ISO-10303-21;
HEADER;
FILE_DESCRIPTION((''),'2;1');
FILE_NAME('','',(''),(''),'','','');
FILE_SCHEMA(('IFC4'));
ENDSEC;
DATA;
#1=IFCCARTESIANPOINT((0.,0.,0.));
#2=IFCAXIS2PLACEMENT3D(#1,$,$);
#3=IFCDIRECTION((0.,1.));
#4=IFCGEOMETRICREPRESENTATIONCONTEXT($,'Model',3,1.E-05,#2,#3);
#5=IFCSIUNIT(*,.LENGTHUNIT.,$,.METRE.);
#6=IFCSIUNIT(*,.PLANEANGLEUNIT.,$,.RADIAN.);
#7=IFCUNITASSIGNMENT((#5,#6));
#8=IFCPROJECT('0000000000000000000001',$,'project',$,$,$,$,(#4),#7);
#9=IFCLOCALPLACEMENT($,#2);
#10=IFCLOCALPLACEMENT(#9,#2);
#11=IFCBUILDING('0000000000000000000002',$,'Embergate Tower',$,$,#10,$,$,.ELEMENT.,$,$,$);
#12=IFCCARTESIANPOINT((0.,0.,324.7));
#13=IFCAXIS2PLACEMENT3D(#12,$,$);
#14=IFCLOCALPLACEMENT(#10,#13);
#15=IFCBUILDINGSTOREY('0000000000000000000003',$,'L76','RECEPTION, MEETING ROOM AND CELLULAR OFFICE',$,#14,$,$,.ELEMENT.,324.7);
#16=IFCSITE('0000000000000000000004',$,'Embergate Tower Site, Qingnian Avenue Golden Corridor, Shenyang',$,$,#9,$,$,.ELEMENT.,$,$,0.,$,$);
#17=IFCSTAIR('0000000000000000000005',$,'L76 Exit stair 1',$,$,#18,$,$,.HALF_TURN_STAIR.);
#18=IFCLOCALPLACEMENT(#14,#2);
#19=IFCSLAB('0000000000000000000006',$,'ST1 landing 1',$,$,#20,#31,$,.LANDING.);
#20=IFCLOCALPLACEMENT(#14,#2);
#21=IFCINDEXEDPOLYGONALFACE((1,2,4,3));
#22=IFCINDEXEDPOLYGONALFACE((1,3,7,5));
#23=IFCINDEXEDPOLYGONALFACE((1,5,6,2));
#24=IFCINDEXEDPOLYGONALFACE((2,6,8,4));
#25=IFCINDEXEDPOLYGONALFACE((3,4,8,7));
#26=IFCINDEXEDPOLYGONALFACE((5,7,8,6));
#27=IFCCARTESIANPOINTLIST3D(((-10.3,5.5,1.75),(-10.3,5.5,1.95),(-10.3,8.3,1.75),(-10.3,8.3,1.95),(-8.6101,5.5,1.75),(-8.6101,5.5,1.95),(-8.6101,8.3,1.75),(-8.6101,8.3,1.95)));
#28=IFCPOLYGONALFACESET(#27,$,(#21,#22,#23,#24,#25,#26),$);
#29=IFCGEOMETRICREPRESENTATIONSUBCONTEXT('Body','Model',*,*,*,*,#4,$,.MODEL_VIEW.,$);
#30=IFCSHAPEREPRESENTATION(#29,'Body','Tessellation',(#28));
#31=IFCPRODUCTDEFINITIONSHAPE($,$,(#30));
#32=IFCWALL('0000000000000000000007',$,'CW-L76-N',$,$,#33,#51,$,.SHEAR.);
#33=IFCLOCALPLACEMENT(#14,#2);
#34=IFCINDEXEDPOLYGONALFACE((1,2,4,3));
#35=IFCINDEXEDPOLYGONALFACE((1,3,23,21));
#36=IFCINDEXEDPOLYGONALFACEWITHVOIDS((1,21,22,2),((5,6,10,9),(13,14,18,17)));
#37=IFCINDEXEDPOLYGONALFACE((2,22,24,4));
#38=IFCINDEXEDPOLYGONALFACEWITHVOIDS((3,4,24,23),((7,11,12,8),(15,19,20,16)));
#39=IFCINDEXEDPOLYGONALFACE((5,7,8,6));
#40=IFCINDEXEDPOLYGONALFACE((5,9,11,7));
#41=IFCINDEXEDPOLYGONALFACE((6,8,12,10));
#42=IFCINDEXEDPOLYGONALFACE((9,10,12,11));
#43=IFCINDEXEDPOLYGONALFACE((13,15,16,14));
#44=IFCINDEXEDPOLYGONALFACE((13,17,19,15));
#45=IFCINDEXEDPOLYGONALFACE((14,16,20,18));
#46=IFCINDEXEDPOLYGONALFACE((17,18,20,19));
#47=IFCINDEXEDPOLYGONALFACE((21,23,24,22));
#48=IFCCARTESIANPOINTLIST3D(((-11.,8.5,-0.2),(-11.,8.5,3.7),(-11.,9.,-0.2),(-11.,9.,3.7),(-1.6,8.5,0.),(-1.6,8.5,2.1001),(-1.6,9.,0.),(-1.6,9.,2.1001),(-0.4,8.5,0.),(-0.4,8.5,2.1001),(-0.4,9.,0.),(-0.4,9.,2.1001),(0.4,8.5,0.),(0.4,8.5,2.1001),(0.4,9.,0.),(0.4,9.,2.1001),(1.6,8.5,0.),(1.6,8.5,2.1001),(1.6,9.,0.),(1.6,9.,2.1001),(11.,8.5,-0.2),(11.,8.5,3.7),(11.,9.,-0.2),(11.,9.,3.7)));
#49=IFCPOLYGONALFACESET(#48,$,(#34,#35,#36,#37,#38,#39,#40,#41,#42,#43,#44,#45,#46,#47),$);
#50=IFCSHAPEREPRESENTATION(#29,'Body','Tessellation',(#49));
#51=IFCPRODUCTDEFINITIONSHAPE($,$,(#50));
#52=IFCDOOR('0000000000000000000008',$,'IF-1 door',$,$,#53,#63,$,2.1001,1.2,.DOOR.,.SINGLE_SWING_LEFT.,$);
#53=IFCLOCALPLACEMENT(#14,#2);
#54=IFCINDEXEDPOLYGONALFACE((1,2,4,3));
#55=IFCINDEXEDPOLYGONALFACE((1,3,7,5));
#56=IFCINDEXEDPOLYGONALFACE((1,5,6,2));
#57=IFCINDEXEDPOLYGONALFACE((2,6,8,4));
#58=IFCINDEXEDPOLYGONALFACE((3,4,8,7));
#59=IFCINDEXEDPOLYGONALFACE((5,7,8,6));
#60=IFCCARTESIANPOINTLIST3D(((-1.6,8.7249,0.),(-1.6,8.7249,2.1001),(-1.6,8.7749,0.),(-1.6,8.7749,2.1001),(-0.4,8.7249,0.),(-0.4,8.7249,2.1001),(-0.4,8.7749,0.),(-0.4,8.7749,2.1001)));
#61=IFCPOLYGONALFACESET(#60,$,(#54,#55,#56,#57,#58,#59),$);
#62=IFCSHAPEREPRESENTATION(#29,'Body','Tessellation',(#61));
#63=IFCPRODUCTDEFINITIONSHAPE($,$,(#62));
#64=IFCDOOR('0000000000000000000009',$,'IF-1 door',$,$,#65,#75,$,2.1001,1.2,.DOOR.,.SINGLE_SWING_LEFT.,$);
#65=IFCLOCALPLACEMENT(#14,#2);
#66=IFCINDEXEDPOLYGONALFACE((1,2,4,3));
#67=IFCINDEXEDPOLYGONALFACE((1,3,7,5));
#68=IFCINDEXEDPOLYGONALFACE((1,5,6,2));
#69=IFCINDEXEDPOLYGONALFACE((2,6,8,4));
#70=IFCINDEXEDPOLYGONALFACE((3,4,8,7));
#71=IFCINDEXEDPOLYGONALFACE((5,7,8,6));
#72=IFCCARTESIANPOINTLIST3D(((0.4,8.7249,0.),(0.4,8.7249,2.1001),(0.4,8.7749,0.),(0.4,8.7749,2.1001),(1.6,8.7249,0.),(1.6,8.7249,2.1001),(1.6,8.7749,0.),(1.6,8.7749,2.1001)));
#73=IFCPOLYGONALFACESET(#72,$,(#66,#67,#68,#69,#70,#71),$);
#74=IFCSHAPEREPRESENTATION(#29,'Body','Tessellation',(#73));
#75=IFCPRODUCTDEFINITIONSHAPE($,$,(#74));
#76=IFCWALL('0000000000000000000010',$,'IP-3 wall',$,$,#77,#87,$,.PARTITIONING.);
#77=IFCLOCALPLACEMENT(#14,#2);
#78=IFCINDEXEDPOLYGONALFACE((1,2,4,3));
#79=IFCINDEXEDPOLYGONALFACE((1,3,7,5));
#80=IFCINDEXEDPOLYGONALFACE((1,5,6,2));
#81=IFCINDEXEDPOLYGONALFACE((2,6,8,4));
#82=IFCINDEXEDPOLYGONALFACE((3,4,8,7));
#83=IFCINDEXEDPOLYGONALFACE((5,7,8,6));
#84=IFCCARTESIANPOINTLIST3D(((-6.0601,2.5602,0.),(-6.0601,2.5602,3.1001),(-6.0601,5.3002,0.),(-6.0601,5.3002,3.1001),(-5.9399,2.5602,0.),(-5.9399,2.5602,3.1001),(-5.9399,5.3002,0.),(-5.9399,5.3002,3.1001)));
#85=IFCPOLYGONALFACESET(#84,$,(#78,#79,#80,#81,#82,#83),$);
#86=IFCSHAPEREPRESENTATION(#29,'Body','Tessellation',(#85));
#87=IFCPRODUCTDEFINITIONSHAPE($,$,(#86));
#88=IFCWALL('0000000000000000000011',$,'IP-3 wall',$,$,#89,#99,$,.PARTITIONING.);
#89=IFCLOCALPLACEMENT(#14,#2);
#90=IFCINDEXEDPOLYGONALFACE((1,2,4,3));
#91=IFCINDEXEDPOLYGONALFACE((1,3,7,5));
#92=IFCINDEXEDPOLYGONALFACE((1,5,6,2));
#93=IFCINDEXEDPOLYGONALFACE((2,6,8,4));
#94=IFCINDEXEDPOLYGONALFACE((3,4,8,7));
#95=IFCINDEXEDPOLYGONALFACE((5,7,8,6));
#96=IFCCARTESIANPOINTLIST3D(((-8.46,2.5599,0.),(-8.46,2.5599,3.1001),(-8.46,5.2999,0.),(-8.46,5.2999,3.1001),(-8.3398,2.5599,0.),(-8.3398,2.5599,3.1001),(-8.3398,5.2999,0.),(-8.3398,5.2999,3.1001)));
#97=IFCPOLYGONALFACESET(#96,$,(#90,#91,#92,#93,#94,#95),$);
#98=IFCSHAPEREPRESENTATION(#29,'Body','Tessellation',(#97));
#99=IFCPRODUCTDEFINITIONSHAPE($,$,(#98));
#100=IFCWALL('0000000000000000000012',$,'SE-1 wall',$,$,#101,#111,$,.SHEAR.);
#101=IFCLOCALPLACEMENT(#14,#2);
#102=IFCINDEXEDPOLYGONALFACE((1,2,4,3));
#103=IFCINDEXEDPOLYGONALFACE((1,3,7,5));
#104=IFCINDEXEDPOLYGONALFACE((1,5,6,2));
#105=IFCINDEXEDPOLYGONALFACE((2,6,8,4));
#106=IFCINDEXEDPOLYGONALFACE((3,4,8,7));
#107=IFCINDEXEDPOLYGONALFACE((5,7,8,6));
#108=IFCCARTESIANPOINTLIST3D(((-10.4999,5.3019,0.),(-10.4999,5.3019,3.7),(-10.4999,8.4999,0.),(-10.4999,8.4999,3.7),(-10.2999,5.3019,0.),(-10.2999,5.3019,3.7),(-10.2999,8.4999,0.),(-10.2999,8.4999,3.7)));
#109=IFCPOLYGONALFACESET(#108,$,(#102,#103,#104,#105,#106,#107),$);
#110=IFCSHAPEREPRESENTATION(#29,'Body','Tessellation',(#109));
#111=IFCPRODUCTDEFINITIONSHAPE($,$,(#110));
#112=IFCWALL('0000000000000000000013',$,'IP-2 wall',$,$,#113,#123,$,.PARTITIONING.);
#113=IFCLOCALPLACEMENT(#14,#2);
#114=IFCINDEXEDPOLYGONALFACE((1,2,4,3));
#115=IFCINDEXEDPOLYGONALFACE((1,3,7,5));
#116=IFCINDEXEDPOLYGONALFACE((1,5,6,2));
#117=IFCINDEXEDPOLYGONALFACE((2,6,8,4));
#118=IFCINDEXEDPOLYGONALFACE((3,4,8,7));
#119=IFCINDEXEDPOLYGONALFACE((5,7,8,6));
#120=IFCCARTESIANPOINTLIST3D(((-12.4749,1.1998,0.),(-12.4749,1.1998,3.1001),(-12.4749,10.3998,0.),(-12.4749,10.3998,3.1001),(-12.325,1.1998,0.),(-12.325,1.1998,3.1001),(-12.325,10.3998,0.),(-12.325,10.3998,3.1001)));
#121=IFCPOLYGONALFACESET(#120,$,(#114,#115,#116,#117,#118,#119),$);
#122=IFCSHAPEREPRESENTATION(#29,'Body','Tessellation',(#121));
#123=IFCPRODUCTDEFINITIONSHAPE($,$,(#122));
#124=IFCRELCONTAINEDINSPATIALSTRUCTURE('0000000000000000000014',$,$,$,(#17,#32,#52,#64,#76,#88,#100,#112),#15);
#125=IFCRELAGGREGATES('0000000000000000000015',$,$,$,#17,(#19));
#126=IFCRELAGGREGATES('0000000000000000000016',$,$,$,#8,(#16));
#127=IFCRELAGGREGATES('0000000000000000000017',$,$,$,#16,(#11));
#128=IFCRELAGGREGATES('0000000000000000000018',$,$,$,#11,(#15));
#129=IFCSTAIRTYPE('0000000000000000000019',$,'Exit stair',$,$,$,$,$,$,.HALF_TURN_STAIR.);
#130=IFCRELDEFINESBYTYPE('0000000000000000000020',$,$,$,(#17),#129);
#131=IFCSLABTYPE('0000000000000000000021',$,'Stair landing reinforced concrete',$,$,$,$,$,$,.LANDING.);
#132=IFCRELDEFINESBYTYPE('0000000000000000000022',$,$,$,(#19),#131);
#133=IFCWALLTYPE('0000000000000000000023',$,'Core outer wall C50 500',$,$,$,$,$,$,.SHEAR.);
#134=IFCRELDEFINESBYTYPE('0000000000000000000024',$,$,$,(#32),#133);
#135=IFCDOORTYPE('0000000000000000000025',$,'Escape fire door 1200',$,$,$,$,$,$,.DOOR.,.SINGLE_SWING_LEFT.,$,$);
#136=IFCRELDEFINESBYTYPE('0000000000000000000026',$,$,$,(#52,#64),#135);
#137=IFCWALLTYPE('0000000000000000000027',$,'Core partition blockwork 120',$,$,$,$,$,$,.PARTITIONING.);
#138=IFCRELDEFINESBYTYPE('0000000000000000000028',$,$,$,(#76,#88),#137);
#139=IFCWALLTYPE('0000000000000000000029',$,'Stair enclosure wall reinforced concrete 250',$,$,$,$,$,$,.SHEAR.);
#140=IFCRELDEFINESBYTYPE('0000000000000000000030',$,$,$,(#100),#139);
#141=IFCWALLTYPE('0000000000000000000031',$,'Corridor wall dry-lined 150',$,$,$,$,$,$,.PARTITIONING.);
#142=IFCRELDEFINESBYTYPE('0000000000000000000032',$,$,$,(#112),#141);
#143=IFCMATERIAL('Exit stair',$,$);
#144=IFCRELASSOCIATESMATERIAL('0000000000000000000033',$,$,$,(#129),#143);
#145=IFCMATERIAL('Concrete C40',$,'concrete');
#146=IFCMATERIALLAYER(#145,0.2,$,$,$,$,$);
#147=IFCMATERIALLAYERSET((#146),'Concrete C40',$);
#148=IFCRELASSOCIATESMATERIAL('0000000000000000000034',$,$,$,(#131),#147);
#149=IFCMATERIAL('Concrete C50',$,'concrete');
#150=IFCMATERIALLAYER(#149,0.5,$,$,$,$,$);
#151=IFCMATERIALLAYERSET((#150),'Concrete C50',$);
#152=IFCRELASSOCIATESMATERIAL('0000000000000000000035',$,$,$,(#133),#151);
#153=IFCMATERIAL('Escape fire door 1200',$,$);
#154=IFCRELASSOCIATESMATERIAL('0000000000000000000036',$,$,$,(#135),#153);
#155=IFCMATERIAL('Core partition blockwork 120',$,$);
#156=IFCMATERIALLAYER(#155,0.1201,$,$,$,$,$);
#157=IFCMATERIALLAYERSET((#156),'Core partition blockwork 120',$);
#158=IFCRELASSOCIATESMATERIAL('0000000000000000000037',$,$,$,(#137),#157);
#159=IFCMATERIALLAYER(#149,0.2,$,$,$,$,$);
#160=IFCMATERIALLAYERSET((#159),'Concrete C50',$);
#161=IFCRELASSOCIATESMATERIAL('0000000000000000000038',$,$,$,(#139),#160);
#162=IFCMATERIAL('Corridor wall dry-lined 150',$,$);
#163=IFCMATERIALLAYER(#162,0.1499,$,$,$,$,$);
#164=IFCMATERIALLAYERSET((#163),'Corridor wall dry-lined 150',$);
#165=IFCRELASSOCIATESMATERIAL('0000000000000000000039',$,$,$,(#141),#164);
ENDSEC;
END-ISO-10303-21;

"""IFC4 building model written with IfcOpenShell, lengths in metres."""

from ifc_helpers import new_model, si_unit, direction, frame, frame_2d, origin, place, context, subcontext, project, spatial, polyline, rectangle, outline, extrude, source, transform, mapped, material, layer, layer_set, type_object, element, fill, aggregate, save


model = new_model("IFC4")

# Units and contexts
model_context = context("Model", 3, precision=1e-05, world=origin(), true_north=direction((0.0, 1.0)))
body_context = subcontext(model_context, "Body", "Model", "MODEL_VIEW")
ifc_project = project(units=[si_unit("LENGTHUNIT", "METRE"), si_unit("PLANEANGLEUNIT", "RADIAN")], contexts=[model_context])

# Site, building, storey
site_placement = place(None, origin())
site = spatial("IfcSite", under=ifc_project, at=site_placement, Name="Embergate Tower Site, Qingnian Avenue Golden Corridor, Shenyang", CompositionType="ELEMENT", RefElevation=0.0)
building_placement = place(site_placement, origin())
building = spatial("IfcBuilding", under=site, at=building_placement, Name="Embergate Tower", CompositionType="ELEMENT")
storey_placement = place(building_placement, frame((0.0, 0.0, 324.7)))
storey = spatial("IfcBuildingStorey", under=building, at=storey_placement, Name="L76", Description="RECEPTION, MEETING ROOM AND CELLULAR OFFICE", CompositionType="ELEMENT", Elevation=324.7)

# Stair, slab
ifc_material_1 = material(Name="Exit stair")
stair_type = type_object("IfcStairType", Name="Exit stair", PredefinedType="HALF_TURN_STAIR", material=ifc_material_1)
stair_placement = place(storey_placement, origin())
stair = element("IfcStair", 1, at=stair_placement, inside=storey, type_object=stair_type, Name="L76 Exit stair 1", PredefinedType="HALF_TURN_STAIR")
ifc_material_2 = material(Name="Concrete C40", Category="concrete")
ifc_layer_1 = layer(ifc_material_2, 0.2)
ifc_layer_set_1 = layer_set([ifc_layer_1], Name="Concrete C40")
slab_type = type_object("IfcSlabType", Name="Stair landing reinforced concrete", PredefinedType="LANDING", material=ifc_layer_set_1)
shared_shape_1 = source(origin(), body_context, "Body", "SweptSolid", [
    extrude(outline(polyline([(0.0, 0.0), (1.6899, 0.0), (1.6899, 2.8), (0.0, 2.8), (0.0, 0.0)])), origin(), (0.0, 0.0, 1.0), 0.2),
])
slab_placement = place(storey_placement, frame((-10.3, 5.5, 1.75)))
slab = element("IfcSlab", 2, at=slab_placement, type_object=slab_type, Name="ST1 landing 1", PredefinedType="LANDING", context=body_context, shape_type="MappedRepresentation", body=[
    mapped(shared_shape_1, transform((0.0, 0.0, 0.0))),
])

# Wall, openings, doors
ifc_material_3 = material(Name="Concrete C50", Category="concrete")
ifc_layer_2 = layer(ifc_material_3, 0.5)
ifc_layer_set_2 = layer_set([ifc_layer_2], Name="Concrete C50")
wall_type_1 = type_object("IfcWallType", Name="Core outer wall C50 500", PredefinedType="SHEAR", material=ifc_layer_set_2)
shared_shape_2 = source(origin(), body_context, "Body", "SweptSolid", [
    extrude(rectangle(XDim=22.0, YDim=0.5, at=frame_2d((11.0, 0.0))), origin(), (0.0, 0.0, 1.0), 3.8999),
])
wall_1_placement = place(storey_placement, frame((-11.0, 8.75, -0.2), z_axis=(0.0, 0.0, 1.0), x_axis=(1.0, 0.0, 0.0)))
wall_1 = element("IfcWall", 3, at=wall_1_placement, inside=storey, type_object=wall_type_1, Name="CW-L76-N", PredefinedType="SHEAR", context=body_context, shape_type="MappedRepresentation", body=[
    mapped(shared_shape_2, transform((0.0, 0.0, 0.0))),
])
shared_shape_3 = source(origin(), body_context, "Body", "SweptSolid", [
    extrude(rectangle(XDim=1.2, YDim=2.1001, at=frame_2d((0.6001, 1.05))), frame((0.0, 0.26, 0.0), z_axis=(0.0, -1.0, 0.0), x_axis=(1.0, 0.0, 0.0)), (0.0, 0.0, 1.0), 0.52),
])
opening_1_placement = place(wall_1_placement, frame((9.3999, 0.0, 0.2)))
opening_1 = element("IfcOpeningElement", 4, at=opening_1_placement, cuts=wall_1, PredefinedType="OPENING", context=body_context, shape_type="MappedRepresentation", body=[
    mapped(shared_shape_3, transform((0.0, 0.0, 0.0))),
])
opening_2_placement = place(wall_1_placement, frame((11.3999, 0.0, 0.2)))
opening_2 = element("IfcOpeningElement", 5, at=opening_2_placement, cuts=wall_1, PredefinedType="OPENING", context=body_context, shape_type="MappedRepresentation", body=[
    mapped(shared_shape_3, transform((0.0, 0.0, 0.0))),
])
ifc_material_4 = material(Name="Escape fire door 1200")
door_type_1 = type_object("IfcDoorType", Name="Escape fire door 1200", OperationType="SINGLE_SWING_LEFT", PredefinedType="DOOR", material=ifc_material_4)
shared_shape_4 = source(origin(), body_context, "Body", "SweptSolid", [
    extrude(rectangle(XDim=1.2, YDim=2.1001, at=frame_2d((0.6001, 1.05))), frame((0.0, 0.0249, 0.0), z_axis=(0.0, -1.0, 0.0), x_axis=(1.0, 0.0, 0.0)), (0.0, 0.0, 1.0), 0.05),
])
door_1_placement = place(opening_1_placement, origin())
door_1 = element("IfcDoor", 6, at=door_1_placement, inside=storey, type_object=door_type_1, Name="IF-1 door", OperationType="SINGLE_SWING_LEFT", OverallHeight=2.1001, OverallWidth=1.2, PredefinedType="DOOR", context=body_context, shape_type="MappedRepresentation", body=[
    mapped(shared_shape_4, transform((0.0, 0.0, 0.0))),
])
fill(opening_1, door_1)
door_2_placement = place(opening_2_placement, origin())
door_2 = element("IfcDoor", 7, at=door_2_placement, inside=storey, type_object=door_type_1, Name="IF-1 door", OperationType="SINGLE_SWING_LEFT", OverallHeight=2.1001, OverallWidth=1.2, PredefinedType="DOOR", context=body_context, shape_type="MappedRepresentation", body=[
    mapped(shared_shape_4, transform((0.0, 0.0, 0.0))),
])
fill(opening_2, door_2)

# Walls
ifc_material_5 = material(Name="Core partition blockwork 120")
ifc_layer_3 = layer(ifc_material_5, 0.1201)
ifc_layer_set_3 = layer_set([ifc_layer_3], Name="Core partition blockwork 120")
wall_type_2 = type_object("IfcWallType", Name="Core partition blockwork 120", PredefinedType="PARTITIONING", material=ifc_layer_set_3)
shared_shape_5 = source(origin(), body_context, "Body", "SweptSolid", [
    extrude(rectangle(XDim=2.74, YDim=0.1201, at=frame_2d((1.3701, 0.0))), origin(), (0.0, 0.0, 1.0), 3.1001),
])
for number, where, z_axis, x_axis, name in (
    (8, (-6.0, 2.5601, 0.0), (0.0, 0.0, 1.0), (0.0, 1.0, 0.0), "IP-3 wall"),
    (9, (-8.3999, 5.3, 0.0), (0.0, 0.0, 1.0), (0.0, -1.0, 0.0), "IP-3 wall"),
):
    element("IfcWall", number, at=place(storey_placement, frame(where, z_axis=z_axis, x_axis=x_axis)), inside=storey, type_object=wall_type_2, Name=name, PredefinedType="PARTITIONING", context=body_context, shape_type="MappedRepresentation", body=[
        mapped(shared_shape_5, transform((0.0, 0.0, 0.0))),
    ])
ifc_layer_4 = layer(ifc_material_3, 0.2)
ifc_layer_set_4 = layer_set([ifc_layer_4], Name="Concrete C50")
wall_type_3 = type_object("IfcWallType", Name="Stair enclosure wall reinforced concrete 250", PredefinedType="SHEAR", material=ifc_layer_set_4)
shared_shape_6 = source(origin(), body_context, "Body", "SweptSolid", [
    extrude(rectangle(XDim=3.198, YDim=0.2, at=frame_2d((1.5991, 0.0))), origin(), (0.0, 0.0, 1.0), 3.7),
])
wall_2_placement = place(storey_placement, frame((-10.3999, 8.5, 0.0), z_axis=(0.0, 0.0, 1.0), x_axis=(0.0, -1.0, 0.0)))
element("IfcWall", 10, at=wall_2_placement, inside=storey, type_object=wall_type_3, Name="SE-1 wall", PredefinedType="SHEAR", context=body_context, shape_type="MappedRepresentation", body=[
    mapped(shared_shape_6, transform((0.0, 0.0, 0.0))),
])
ifc_material_6 = material(Name="Corridor wall dry-lined 150")
ifc_layer_5 = layer(ifc_material_6, 0.1499)
ifc_layer_set_5 = layer_set([ifc_layer_5], Name="Corridor wall dry-lined 150")
wall_type_4 = type_object("IfcWallType", Name="Corridor wall dry-lined 150", PredefinedType="PARTITIONING", material=ifc_layer_set_5)
shared_shape_7 = source(origin(), body_context, "Body", "SweptSolid", [
    extrude(rectangle(XDim=9.2, YDim=0.1499, at=frame_2d((4.6001, 0.0))), origin(), (0.0, 0.0, 1.0), 3.1001),
])
wall_3_placement = place(storey_placement, frame((-12.3999, 10.3999, 0.0), z_axis=(0.0, 0.0, 1.0), x_axis=(0.0, -1.0, 0.0)))
element("IfcWall", 11, at=wall_3_placement, inside=storey, type_object=wall_type_4, Name="IP-2 wall", PredefinedType="PARTITIONING", context=body_context, shape_type="MappedRepresentation", body=[
    mapped(shared_shape_7, transform((0.0, 0.0, 0.0))),
])

aggregate(stair, [slab])

save(model, "model.ifc")
